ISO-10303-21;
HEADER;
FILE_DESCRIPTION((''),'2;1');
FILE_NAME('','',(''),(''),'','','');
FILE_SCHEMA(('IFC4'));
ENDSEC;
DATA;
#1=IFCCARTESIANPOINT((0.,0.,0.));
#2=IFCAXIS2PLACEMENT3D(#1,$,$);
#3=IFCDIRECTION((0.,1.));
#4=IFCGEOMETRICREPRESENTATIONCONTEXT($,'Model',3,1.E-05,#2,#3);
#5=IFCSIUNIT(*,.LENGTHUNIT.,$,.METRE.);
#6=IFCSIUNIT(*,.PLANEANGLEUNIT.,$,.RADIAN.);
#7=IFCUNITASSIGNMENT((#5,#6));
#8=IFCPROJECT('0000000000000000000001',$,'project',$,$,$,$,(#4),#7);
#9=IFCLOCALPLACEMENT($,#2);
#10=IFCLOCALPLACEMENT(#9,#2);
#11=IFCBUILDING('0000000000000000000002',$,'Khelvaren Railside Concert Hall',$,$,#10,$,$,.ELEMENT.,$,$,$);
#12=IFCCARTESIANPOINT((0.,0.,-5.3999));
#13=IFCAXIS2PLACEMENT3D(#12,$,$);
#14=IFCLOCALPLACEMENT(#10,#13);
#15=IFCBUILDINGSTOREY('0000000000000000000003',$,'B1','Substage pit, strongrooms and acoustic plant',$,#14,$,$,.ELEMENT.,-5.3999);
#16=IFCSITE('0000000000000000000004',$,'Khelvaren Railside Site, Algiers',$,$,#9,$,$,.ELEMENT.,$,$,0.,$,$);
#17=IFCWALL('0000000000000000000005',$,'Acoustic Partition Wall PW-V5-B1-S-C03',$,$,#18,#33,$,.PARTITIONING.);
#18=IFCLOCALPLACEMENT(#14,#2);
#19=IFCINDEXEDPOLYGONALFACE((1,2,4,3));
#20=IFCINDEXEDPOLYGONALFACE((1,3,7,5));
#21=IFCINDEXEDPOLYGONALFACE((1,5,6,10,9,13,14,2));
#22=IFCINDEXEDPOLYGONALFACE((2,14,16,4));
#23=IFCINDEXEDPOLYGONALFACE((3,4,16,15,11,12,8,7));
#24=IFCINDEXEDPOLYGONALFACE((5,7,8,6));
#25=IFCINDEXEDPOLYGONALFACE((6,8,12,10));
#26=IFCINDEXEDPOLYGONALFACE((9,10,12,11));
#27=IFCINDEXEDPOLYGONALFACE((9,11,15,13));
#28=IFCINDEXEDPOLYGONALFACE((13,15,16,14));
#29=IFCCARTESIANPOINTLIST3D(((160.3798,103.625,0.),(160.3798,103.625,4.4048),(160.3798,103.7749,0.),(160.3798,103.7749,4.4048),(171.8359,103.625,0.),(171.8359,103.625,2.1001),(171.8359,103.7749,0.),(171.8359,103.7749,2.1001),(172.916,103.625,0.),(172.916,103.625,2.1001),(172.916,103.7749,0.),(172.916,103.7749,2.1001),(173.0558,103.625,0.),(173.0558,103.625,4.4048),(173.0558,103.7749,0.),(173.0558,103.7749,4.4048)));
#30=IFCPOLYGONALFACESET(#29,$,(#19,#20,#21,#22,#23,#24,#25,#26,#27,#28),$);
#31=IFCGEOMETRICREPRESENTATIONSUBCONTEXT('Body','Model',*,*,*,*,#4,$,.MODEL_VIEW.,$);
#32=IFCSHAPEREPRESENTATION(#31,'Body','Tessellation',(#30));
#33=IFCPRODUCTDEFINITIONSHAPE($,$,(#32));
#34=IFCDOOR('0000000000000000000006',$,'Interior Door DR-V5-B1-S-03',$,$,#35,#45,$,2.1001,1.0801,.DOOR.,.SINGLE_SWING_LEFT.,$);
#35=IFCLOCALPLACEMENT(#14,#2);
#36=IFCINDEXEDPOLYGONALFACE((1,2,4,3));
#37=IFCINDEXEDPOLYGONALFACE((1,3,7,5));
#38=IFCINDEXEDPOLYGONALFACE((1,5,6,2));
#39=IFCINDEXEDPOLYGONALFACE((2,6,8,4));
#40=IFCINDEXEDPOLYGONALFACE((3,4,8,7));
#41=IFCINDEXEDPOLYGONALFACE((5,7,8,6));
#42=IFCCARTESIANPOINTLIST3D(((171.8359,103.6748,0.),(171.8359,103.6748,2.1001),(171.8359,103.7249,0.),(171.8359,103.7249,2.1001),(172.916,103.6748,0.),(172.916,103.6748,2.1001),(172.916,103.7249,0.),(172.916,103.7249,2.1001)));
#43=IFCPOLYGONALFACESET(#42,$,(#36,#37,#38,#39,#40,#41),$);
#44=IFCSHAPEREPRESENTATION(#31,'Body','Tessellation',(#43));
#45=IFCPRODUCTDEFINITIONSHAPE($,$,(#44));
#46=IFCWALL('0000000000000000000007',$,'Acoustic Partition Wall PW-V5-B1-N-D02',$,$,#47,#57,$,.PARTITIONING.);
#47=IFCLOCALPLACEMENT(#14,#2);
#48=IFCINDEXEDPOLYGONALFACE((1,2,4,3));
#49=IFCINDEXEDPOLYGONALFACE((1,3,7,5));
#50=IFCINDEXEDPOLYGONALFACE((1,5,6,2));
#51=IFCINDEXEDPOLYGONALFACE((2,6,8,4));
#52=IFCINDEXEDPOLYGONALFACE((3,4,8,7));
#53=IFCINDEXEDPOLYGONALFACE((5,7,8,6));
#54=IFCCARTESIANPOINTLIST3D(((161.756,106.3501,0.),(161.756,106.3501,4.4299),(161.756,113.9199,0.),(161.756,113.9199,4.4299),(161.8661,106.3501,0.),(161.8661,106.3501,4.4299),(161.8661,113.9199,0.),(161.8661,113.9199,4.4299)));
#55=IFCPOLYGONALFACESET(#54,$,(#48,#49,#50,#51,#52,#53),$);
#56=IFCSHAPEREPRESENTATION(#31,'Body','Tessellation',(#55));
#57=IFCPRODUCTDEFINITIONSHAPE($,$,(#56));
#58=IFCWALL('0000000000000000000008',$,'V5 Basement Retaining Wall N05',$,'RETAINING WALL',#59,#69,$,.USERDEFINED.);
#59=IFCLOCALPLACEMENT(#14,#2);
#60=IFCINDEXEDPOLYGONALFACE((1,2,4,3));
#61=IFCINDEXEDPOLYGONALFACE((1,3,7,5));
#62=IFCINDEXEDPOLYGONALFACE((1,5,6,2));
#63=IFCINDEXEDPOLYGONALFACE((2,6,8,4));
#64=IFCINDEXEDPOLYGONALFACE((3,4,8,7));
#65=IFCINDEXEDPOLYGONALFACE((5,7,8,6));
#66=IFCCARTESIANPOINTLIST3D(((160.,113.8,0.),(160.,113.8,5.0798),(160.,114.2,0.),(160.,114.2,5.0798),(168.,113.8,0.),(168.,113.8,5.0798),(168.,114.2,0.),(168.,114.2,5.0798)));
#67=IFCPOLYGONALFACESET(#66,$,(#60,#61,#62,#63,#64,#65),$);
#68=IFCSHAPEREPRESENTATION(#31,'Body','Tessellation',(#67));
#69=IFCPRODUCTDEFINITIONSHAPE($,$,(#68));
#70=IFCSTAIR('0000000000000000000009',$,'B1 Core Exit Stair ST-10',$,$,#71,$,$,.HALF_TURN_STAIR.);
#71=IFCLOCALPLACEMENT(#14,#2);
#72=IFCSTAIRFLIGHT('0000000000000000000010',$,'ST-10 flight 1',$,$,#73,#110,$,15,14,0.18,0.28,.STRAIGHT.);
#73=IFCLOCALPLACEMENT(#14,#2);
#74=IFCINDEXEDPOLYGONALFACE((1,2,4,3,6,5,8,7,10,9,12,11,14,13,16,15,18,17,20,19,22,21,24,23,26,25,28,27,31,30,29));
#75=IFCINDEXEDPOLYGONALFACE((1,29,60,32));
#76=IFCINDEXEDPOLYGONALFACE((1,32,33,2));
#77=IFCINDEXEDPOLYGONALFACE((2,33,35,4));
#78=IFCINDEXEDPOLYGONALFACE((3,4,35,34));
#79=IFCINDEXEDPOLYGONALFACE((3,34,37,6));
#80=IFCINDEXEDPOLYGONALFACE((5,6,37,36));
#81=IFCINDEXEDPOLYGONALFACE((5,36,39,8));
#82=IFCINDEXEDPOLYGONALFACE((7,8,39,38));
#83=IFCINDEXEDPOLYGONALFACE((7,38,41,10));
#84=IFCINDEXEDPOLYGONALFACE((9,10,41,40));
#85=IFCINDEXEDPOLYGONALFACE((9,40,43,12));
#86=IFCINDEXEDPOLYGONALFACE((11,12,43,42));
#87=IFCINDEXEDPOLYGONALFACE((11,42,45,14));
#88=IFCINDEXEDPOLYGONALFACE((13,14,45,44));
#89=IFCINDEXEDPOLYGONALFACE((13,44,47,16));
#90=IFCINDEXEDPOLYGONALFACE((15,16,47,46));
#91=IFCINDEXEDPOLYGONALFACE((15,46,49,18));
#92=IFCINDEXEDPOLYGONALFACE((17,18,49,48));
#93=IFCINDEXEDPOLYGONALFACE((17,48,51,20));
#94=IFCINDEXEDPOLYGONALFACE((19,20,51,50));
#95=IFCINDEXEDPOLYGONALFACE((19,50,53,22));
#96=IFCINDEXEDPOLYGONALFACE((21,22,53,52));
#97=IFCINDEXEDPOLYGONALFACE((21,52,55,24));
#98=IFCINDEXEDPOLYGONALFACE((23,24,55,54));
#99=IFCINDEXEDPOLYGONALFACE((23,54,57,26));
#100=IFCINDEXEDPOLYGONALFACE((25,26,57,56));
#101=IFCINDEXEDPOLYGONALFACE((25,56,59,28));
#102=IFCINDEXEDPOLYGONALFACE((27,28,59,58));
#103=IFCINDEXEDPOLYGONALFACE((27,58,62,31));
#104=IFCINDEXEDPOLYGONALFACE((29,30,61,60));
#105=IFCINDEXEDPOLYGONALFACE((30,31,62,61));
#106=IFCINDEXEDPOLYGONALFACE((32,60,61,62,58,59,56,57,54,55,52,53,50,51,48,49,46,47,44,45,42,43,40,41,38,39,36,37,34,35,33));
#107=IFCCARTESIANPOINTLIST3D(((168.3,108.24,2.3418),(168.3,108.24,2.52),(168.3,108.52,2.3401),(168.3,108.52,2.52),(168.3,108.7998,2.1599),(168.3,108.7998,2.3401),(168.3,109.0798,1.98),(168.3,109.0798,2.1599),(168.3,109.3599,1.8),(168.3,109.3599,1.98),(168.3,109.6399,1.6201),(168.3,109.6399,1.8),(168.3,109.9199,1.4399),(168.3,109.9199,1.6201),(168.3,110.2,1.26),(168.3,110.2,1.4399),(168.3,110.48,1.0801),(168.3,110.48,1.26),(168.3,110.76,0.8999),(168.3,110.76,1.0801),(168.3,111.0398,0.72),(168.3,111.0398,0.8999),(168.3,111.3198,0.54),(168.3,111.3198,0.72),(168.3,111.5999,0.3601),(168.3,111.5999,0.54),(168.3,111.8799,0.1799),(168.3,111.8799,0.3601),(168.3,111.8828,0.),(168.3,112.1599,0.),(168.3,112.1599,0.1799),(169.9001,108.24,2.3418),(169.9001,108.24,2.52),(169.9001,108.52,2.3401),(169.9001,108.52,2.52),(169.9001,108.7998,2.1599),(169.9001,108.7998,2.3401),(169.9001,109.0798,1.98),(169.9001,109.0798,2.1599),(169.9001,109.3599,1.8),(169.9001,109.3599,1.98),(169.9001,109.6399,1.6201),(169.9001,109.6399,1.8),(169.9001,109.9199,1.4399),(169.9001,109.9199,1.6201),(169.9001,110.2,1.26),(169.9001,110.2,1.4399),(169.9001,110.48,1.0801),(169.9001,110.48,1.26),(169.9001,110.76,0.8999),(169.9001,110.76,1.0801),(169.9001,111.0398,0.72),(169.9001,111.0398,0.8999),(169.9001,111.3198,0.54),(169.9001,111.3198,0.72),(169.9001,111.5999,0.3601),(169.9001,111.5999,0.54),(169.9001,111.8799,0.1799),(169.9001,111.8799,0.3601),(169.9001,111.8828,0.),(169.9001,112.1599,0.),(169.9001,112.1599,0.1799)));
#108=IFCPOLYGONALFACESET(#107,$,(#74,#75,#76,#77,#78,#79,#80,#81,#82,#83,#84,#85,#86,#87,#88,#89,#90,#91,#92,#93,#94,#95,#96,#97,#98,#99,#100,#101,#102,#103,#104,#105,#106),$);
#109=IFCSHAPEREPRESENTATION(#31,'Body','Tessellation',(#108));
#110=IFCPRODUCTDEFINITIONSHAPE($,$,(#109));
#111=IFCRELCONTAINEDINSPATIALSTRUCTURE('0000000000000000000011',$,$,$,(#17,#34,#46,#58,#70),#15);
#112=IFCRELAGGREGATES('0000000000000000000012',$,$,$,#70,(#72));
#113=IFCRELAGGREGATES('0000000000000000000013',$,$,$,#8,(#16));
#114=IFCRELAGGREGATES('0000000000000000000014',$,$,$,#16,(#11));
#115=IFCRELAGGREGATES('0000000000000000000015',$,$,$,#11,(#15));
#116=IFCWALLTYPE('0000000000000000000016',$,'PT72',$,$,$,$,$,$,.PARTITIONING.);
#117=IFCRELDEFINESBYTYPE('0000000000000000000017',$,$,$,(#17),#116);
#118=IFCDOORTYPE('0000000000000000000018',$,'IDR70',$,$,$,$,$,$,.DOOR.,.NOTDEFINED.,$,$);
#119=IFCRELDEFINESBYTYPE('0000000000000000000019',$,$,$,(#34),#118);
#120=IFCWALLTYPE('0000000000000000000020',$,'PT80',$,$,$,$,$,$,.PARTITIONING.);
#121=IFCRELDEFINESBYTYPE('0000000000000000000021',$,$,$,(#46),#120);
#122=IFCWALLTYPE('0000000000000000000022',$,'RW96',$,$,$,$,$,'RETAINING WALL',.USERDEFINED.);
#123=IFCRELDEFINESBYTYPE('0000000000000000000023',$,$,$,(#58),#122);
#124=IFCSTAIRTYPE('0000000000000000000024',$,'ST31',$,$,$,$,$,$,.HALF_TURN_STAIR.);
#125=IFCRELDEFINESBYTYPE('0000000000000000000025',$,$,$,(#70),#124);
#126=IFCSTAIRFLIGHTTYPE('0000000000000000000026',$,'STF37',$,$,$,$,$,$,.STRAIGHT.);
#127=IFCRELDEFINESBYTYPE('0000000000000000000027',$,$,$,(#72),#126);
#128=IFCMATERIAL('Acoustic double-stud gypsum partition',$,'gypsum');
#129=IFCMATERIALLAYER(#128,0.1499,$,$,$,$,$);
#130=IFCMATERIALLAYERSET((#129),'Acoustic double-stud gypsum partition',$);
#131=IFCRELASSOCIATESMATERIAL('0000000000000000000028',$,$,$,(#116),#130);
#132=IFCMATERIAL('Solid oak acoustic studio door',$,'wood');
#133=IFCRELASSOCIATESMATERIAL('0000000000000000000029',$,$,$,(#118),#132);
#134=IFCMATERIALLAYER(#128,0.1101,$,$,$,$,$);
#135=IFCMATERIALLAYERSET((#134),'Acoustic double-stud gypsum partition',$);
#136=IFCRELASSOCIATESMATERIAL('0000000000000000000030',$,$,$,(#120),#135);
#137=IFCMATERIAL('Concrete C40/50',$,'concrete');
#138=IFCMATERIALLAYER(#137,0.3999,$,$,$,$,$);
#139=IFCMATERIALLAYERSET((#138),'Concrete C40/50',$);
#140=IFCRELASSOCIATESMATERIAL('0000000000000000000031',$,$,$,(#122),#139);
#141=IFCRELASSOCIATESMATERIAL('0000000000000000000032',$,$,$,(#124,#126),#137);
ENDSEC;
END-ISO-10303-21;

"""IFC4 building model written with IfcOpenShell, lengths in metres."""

from ifc_helpers import new_model, si_unit, direction, frame, frame_2d, origin, place, context, subcontext, project, spatial, polyline, rectangle, outline, extrude, material, layer, layer_set, type_object, element, fill, aggregate, save


model = new_model("IFC4")

# Units and contexts
model_context = context("Model", 3, precision=1e-05, world=origin(), true_north=direction((0.0, 1.0)))
body_context = subcontext(model_context, "Body", "Model", "MODEL_VIEW")
ifc_project = project(units=[si_unit("LENGTHUNIT", "METRE"), si_unit("PLANEANGLEUNIT", "RADIAN")], contexts=[model_context])

# Site, building, storey
site_placement = place(None, origin())
site = spatial("IfcSite", under=ifc_project, at=site_placement, Name="Khelvaren Railside Site, Algiers", CompositionType="ELEMENT", RefElevation=0.0)
building_placement = place(site_placement, origin())
building = spatial("IfcBuilding", under=site, at=building_placement, Name="Khelvaren Railside Concert Hall", CompositionType="ELEMENT")
storey_placement = place(building_placement, frame((0.0, 0.0, -5.3999)))
storey = spatial("IfcBuildingStorey", under=building, at=storey_placement, Name="B1", Description="Substage pit, strongrooms and acoustic plant", CompositionType="ELEMENT", Elevation=-5.3999)

# Shared definitions
ifc_material_1 = material(Name="Concrete C40/50", Category="concrete")
ifc_material_2 = material(Name="Acoustic double-stud gypsum partition", Category="gypsum")

# Wall, opening, door
ifc_material_3 = material(Name="Solid oak acoustic studio door", Category="wood")
ifc_layer_1 = layer(ifc_material_2, 0.1499)
ifc_layer_set_1 = layer_set([ifc_layer_1], Name="Acoustic double-stud gypsum partition")
wall_type_1 = type_object("IfcWallType", Name="PT72", PredefinedType="PARTITIONING", material=ifc_layer_set_1)
wall_1_placement = place(storey_placement, frame((160.3799, 103.7, 0.0), z_axis=(0.0, 0.0, 1.0), x_axis=(1.0, 0.0, 0.0)))
wall_1 = element("IfcWall", 1, at=wall_1_placement, inside=storey, type_object=wall_type_1, Name="Acoustic Partition Wall PW-V5-B1-S-C03", PredefinedType="PARTITIONING", context=body_context, shape_type="SweptSolid", body=[
    extrude(rectangle(XDim=12.676, YDim=0.1499, at=frame_2d((6.3379, 0.0))), origin(), (0.0, 0.0, 1.0), 4.4048),
])
opening_1_placement = place(wall_1_placement, frame((11.4561, 0.0, 0.0)))
opening_1 = element("IfcOpeningElement", 2, at=opening_1_placement, cuts=wall_1, PredefinedType="OPENING", context=body_context, shape_type="SweptSolid", body=[
    extrude(rectangle(XDim=1.0801, YDim=2.1001, at=frame_2d((0.54, 1.05))), frame((0.0, 0.085, 0.0), z_axis=(0.0, -1.0, 0.0), x_axis=(1.0, 0.0, 0.0)), (0.0, 0.0, 1.0), 0.1699),
])
door_type_1 = type_object("IfcDoorType", Name="IDR70", OperationType="NOTDEFINED", PredefinedType="DOOR", material=ifc_material_3)
door_1_placement = place(opening_1_placement, origin())
door_1 = element("IfcDoor", 3, at=door_1_placement, inside=storey, type_object=door_type_1, Name="Interior Door DR-V5-B1-S-03", OperationType="SINGLE_SWING_LEFT", OverallHeight=2.1001, OverallWidth=1.0801, PredefinedType="DOOR", context=body_context, shape_type="SweptSolid", body=[
    extrude(rectangle(XDim=1.0801, YDim=2.1001, at=frame_2d((0.54, 1.05))), frame((0.0, 0.0249, 0.0), z_axis=(0.0, -1.0, 0.0), x_axis=(1.0, 0.0, 0.0)), (0.0, 0.0, 1.0), 0.05),
])
fill(opening_1, door_1)

# Walls
ifc_layer_2 = layer(ifc_material_2, 0.1101)
ifc_layer_set_2 = layer_set([ifc_layer_2], Name="Acoustic double-stud gypsum partition")
wall_type_2 = type_object("IfcWallType", Name="PT80", PredefinedType="PARTITIONING", material=ifc_layer_set_2)
wall_2_placement = place(storey_placement, frame((161.811, 106.3501, 0.0), z_axis=(0.0, 0.0, 1.0), x_axis=(0.0, 1.0, 0.0)))
element("IfcWall", 4, at=wall_2_placement, inside=storey, type_object=wall_type_2, Name="Acoustic Partition Wall PW-V5-B1-N-D02", PredefinedType="PARTITIONING", context=body_context, shape_type="SweptSolid", body=[
    extrude(rectangle(XDim=7.5698, YDim=0.1101, at=frame_2d((3.7849, 0.0))), origin(), (0.0, 0.0, 1.0), 4.4299),
])
ifc_layer_3 = layer(ifc_material_1, 0.3999)
ifc_layer_set_3 = layer_set([ifc_layer_3], Name="Concrete C40/50")
wall_type_3 = type_object("IfcWallType", Name="RW96", ElementType="RETAINING WALL", PredefinedType="USERDEFINED", material=ifc_layer_set_3)
wall_3_placement = place(storey_placement, frame((168.0, 114.0, 0.0), z_axis=(0.0, 0.0, 1.0), x_axis=(-1.0, 0.0, 0.0)))
element("IfcWall", 5, at=wall_3_placement, inside=storey, type_object=wall_type_3, Name="V5 Basement Retaining Wall N05", ObjectType="RETAINING WALL", PredefinedType="USERDEFINED", context=body_context, shape_type="SweptSolid", body=[
    extrude(rectangle(XDim=8.0, YDim=0.3999, at=frame_2d((4.0, 0.0))), origin(), (0.0, 0.0, 1.0), 5.0798),
])

# Stair, stair flight
stair_type = type_object("IfcStairType", Name="ST31", PredefinedType="HALF_TURN_STAIR", material=ifc_material_1)
stair_placement = place(storey_placement, origin())
stair = element("IfcStair", 6, at=stair_placement, inside=storey, type_object=stair_type, Name="B1 Core Exit Stair ST-10", PredefinedType="HALF_TURN_STAIR")
stair_flight_type = type_object("IfcStairFlightType", Name="STF37", PredefinedType="STRAIGHT", material=ifc_material_1)
stair_flight_placement = place(storey_placement, frame((169.1001, 112.1599, 0.0), z_axis=(0.0, 0.0, 1.0), x_axis=(0.0, -1.0, 0.0)))
stair_flight = element("IfcStairFlight", 7, at=stair_flight_placement, type_object=stair_flight_type, Name="ST-10 flight 1", NumberOfRisers=15, NumberOfTreads=14, PredefinedType="STRAIGHT", RiserHeight=0.18, TreadLength=0.28, context=body_context, shape_type="SweptSolid", body=[
    extrude(outline(polyline([(0.0, 0.0), (0.0, 0.1799), (0.28, 0.1799), (0.28, 0.3601), (0.5601, 0.3601), (0.5601, 0.54), (0.8401, 0.54), (0.8401, 0.72), (1.1201, 0.72), (1.1201, 0.8999), (1.3999, 0.8999), (1.3999, 1.0801), (1.6799, 1.0801), (1.6799, 1.26), (1.96, 1.26), (1.96, 1.4399), (2.24, 1.4399), (2.24, 1.6201), (2.52, 1.6201), (2.52, 1.8), (2.8, 1.8), (2.8, 1.98), (3.0801, 1.98), (3.0801, 2.1599), (3.3601, 2.1599), (3.3601, 2.3401), (3.6399, 2.3401), (3.6399, 2.52), (3.9199, 2.52), (3.9199, 2.7), (3.9199, 2.3418), (0.2771, 0.0), (0.0, 0.0)])), frame((0.0, 0.8, 0.0), z_axis=(0.0, -1.0, 0.0), x_axis=(1.0, 0.0, 0.0)), (0.0, 0.0, 1.0), 1.6001),
])
aggregate(stair, [stair_flight])

save(model, "model.ifc")
